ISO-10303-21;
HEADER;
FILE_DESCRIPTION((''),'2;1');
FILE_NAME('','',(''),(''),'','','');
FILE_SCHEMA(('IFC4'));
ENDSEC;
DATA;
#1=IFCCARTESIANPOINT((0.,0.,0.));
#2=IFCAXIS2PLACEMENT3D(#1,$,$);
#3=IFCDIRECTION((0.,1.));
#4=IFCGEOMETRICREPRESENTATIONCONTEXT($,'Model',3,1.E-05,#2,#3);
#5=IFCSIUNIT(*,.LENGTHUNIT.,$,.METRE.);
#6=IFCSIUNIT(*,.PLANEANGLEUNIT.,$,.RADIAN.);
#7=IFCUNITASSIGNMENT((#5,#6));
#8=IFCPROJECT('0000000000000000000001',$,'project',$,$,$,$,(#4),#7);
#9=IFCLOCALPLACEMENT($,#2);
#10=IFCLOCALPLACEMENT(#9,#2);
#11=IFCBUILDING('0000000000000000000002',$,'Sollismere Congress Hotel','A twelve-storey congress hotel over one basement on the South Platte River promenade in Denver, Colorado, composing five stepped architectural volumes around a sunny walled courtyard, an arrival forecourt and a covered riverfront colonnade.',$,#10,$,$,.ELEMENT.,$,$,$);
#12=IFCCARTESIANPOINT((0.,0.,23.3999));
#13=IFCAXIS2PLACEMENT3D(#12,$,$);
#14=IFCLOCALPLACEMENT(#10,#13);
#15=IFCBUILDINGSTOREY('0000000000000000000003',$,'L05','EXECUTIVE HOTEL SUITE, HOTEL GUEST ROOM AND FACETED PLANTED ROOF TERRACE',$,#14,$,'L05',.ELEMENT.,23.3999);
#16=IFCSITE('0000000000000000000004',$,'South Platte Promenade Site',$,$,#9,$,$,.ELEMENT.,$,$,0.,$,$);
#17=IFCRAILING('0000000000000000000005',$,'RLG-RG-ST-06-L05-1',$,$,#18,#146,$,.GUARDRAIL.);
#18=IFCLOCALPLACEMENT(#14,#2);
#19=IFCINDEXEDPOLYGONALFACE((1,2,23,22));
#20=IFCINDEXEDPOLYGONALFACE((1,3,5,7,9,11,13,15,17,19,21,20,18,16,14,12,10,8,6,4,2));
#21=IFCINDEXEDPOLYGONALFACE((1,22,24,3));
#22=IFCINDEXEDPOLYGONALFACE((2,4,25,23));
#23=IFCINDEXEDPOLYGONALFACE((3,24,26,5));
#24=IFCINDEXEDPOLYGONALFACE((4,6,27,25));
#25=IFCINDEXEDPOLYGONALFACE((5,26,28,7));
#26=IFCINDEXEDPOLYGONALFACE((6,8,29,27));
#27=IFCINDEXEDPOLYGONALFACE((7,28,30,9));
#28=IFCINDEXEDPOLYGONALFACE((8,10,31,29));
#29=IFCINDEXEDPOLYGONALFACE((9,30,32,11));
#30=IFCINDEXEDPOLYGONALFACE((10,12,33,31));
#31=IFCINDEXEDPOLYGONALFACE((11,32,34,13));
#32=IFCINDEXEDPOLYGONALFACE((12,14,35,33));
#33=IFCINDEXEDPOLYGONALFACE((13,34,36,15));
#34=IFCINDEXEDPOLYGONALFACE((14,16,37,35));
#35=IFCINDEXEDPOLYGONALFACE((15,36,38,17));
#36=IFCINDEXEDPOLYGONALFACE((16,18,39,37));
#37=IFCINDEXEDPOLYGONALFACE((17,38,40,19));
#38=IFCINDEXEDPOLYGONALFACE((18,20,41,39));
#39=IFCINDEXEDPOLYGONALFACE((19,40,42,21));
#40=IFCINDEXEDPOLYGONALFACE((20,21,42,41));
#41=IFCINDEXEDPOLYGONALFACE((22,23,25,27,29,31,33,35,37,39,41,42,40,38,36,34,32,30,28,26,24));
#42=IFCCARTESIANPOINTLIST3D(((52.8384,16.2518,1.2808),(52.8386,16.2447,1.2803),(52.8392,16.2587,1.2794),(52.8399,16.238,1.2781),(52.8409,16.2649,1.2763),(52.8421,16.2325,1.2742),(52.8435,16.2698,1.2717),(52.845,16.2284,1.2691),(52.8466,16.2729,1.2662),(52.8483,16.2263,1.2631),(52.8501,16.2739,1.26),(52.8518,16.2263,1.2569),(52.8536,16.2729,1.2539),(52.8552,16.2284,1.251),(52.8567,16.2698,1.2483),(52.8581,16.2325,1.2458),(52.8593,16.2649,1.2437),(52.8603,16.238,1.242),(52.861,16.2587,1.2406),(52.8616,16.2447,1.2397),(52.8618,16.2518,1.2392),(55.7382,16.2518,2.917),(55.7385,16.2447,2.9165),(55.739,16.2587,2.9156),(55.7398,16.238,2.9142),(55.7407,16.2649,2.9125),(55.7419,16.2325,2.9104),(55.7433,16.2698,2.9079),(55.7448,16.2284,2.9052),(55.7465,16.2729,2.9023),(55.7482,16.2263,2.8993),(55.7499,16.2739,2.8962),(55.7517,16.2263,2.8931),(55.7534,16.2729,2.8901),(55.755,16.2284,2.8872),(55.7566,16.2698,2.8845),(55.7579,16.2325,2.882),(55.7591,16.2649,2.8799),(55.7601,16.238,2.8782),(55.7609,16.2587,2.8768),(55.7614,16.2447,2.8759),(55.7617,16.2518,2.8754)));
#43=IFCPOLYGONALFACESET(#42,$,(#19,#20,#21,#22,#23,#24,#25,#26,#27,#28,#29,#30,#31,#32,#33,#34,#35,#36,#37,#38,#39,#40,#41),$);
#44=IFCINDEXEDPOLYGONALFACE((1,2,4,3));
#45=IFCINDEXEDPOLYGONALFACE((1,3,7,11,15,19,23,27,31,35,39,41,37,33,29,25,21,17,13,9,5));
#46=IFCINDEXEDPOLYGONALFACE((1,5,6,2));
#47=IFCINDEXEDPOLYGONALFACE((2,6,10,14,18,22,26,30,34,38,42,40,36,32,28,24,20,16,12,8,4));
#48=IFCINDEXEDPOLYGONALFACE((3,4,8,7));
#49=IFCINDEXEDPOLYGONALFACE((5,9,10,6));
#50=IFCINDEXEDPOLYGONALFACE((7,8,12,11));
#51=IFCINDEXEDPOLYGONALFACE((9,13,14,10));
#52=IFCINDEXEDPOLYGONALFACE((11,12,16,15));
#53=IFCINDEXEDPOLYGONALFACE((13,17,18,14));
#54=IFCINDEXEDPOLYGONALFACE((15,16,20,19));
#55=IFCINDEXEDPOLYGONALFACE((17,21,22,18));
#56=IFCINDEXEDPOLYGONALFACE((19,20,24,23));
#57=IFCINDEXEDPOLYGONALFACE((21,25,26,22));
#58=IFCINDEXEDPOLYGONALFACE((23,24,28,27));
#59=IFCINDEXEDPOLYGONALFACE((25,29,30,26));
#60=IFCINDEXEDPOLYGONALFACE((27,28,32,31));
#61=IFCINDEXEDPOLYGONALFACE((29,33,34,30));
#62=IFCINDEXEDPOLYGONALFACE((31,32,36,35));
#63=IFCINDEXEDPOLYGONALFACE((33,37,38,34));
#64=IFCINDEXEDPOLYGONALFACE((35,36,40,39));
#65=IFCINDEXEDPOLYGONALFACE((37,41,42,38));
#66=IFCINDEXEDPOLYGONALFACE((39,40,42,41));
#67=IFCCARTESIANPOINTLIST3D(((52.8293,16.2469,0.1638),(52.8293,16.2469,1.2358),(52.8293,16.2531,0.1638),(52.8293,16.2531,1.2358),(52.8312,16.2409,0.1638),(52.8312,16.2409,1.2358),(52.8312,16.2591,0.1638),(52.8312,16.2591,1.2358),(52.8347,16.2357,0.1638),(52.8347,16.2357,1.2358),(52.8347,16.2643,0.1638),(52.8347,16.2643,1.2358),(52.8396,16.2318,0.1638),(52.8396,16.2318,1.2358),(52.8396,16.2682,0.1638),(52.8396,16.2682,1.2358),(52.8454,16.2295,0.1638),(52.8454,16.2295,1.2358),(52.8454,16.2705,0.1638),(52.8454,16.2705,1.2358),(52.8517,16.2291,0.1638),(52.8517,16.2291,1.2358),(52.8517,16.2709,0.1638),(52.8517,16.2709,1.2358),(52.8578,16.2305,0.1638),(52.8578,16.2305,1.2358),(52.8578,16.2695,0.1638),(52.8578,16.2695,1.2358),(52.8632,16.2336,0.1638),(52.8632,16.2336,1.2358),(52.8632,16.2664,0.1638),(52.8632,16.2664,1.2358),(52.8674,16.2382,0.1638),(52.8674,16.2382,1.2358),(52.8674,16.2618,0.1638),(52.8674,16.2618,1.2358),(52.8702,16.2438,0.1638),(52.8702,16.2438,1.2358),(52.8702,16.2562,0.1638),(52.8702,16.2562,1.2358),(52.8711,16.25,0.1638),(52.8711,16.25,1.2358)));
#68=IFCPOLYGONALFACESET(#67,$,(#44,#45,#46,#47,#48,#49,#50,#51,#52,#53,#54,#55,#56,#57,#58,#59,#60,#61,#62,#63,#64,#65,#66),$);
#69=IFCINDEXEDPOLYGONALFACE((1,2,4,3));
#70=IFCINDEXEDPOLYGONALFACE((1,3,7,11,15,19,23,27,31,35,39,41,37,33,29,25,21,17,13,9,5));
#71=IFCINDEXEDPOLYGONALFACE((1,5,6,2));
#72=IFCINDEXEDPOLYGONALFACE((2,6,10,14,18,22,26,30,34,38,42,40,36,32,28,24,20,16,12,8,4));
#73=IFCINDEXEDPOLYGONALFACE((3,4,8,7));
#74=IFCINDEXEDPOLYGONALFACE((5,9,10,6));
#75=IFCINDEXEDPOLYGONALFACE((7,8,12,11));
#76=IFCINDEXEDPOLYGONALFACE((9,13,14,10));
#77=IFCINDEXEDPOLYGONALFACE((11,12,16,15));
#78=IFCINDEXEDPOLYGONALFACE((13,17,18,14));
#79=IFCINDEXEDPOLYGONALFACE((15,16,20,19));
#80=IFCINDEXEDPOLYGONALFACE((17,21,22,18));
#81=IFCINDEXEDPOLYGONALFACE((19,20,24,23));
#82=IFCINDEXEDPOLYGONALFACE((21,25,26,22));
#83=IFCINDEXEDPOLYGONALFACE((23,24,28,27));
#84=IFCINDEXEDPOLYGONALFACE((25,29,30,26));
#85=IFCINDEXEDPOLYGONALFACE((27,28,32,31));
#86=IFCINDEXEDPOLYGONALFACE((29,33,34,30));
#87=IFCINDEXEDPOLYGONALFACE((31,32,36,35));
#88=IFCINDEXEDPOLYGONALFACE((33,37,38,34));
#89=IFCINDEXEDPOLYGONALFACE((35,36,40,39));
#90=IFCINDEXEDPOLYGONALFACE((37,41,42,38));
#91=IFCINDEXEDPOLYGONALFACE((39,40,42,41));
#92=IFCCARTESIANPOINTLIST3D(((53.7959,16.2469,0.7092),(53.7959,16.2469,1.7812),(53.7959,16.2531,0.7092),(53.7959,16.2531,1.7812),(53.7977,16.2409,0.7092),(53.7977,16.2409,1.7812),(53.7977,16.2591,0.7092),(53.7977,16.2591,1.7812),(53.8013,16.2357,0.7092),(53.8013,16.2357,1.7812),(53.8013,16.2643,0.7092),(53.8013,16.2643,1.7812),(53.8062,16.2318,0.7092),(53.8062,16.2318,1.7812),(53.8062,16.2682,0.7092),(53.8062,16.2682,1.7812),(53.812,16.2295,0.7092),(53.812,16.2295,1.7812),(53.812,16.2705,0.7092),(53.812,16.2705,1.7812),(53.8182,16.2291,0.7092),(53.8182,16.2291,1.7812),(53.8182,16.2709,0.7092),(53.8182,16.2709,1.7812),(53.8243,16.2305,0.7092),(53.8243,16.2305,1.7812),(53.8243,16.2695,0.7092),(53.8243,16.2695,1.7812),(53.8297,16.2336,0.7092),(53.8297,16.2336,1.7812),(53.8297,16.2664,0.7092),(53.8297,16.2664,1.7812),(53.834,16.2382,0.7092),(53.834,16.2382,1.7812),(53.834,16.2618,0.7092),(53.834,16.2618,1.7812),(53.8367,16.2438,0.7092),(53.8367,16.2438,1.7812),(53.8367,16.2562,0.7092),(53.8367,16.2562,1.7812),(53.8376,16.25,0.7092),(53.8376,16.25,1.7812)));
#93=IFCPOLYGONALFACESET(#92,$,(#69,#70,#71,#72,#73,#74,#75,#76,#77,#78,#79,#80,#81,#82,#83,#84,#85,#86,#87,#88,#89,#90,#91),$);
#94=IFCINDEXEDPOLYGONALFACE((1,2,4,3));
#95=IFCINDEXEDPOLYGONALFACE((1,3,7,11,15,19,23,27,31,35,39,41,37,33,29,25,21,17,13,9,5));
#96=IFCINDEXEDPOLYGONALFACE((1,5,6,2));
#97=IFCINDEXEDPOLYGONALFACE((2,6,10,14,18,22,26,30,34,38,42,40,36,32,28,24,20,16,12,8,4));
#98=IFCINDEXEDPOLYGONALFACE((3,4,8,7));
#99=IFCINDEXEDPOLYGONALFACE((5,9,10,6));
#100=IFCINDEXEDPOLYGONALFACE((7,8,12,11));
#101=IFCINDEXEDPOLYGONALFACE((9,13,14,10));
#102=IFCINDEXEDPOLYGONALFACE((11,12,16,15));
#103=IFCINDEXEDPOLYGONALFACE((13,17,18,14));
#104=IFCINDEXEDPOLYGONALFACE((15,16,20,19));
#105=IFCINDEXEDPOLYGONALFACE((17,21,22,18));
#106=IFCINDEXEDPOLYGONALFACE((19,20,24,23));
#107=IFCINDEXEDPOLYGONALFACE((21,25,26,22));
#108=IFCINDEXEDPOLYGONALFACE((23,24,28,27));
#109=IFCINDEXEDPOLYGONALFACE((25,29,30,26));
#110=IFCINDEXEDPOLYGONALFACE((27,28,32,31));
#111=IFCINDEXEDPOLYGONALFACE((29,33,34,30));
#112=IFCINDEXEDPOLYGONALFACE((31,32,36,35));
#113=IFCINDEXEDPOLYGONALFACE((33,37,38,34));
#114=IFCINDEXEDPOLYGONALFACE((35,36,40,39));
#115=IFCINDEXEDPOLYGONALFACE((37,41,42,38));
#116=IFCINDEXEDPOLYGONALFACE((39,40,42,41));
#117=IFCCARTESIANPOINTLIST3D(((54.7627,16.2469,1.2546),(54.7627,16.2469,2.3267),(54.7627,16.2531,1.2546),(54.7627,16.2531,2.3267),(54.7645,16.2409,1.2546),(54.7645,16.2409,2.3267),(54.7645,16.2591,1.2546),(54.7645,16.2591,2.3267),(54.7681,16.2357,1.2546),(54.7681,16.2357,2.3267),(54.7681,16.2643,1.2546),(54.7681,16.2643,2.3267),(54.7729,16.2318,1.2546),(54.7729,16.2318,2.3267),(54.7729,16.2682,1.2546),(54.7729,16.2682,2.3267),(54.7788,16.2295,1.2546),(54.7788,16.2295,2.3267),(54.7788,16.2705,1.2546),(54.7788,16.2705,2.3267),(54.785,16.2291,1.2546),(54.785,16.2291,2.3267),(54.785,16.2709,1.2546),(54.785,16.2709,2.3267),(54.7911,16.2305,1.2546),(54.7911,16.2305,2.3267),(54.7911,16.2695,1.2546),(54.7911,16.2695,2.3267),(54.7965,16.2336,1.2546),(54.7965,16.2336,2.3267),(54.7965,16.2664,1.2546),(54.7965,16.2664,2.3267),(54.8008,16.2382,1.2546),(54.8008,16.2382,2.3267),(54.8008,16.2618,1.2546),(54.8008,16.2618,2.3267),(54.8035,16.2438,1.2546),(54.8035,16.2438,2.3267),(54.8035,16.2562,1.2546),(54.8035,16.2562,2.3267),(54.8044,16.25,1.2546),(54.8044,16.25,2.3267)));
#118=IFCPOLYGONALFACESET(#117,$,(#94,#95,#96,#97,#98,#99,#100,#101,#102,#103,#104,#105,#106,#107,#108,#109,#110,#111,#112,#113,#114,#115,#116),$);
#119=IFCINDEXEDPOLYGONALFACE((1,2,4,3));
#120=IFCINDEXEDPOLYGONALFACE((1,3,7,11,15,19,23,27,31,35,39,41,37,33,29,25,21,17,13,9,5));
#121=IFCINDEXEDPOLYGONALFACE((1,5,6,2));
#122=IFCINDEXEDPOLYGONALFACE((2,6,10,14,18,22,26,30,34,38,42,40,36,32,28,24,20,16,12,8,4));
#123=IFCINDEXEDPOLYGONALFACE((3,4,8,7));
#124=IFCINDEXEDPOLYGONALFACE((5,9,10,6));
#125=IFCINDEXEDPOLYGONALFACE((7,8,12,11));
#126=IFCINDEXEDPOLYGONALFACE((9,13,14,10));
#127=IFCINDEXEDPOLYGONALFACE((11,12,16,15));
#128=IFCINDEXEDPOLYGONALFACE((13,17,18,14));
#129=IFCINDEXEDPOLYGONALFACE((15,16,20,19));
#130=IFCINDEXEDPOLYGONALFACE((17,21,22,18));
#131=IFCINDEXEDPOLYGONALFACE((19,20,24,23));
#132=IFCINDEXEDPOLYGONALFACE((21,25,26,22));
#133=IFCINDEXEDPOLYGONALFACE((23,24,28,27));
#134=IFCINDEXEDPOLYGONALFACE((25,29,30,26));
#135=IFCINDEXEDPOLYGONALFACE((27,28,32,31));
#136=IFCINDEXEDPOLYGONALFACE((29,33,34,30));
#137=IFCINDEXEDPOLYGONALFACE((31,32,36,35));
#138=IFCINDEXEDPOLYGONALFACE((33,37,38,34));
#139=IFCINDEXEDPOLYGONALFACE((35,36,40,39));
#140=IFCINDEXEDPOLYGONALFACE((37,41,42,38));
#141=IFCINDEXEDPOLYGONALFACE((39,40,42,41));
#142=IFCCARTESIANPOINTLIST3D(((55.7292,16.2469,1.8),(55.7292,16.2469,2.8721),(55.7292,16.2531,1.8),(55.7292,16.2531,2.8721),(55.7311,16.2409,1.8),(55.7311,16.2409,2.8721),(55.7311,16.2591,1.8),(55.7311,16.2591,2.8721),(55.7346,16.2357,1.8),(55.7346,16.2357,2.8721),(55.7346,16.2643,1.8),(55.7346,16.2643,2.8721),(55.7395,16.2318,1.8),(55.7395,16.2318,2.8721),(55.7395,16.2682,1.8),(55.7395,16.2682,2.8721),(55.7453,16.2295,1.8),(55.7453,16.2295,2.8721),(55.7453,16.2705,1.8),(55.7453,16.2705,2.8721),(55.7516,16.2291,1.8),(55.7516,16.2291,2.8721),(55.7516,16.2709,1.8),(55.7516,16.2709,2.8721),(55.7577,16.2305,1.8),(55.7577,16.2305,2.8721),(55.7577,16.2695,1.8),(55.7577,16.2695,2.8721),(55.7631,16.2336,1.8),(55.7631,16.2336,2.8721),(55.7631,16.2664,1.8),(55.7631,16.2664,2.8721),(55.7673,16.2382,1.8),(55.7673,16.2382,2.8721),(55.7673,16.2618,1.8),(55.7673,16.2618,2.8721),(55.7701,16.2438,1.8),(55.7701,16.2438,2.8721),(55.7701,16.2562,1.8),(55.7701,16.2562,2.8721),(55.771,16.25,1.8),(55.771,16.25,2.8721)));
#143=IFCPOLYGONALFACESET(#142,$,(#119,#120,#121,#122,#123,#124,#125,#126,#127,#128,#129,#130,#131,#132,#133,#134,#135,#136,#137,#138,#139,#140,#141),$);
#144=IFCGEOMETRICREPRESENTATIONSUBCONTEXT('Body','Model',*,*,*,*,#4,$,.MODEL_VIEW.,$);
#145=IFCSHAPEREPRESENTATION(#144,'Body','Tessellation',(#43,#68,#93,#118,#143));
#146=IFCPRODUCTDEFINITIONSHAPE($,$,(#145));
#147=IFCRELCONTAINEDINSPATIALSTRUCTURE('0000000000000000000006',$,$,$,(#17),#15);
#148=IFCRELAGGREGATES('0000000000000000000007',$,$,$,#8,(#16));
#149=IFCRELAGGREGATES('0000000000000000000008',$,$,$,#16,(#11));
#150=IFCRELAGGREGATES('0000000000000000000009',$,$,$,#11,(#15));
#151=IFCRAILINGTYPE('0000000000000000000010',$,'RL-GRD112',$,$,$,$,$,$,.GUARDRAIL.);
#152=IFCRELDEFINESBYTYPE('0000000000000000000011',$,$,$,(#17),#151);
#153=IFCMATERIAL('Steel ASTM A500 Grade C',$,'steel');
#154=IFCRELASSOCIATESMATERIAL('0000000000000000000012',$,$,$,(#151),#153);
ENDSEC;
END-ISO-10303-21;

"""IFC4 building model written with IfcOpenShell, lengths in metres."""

from ifc_helpers import new_model, si_unit, direction, frame, origin, origin_2d, place, context, subcontext, project, spatial, circle, extrude, material, type_object, element, save


model = new_model("IFC4")

# Units and contexts
model_context = context("Model", 3, precision=1e-05, world=origin(), true_north=direction((0.0, 1.0)))
body_context = subcontext(model_context, "Body", "Model", "MODEL_VIEW")
ifc_project = project(units=[si_unit("LENGTHUNIT", "METRE"), si_unit("PLANEANGLEUNIT", "RADIAN")], contexts=[model_context])

# Site, building, storey
site_placement = place(None, origin())
site = spatial("IfcSite", under=ifc_project, at=site_placement, Name="South Platte Promenade Site", CompositionType="ELEMENT", RefElevation=0.0)
building_placement = place(site_placement, origin())
building = spatial("IfcBuilding", under=site, at=building_placement, Name="Sollismere Congress Hotel", Description="A twelve-storey congress hotel over one basement on the South Platte River promenade in Denver, Colorado, composing five stepped architectural volumes around a sunny walled courtyard, an arrival forecourt and a covered riverfront colonnade.", CompositionType="ELEMENT")
storey_placement = place(building_placement, frame((0.0, 0.0, 23.3999)))
storey = spatial("IfcBuildingStorey", under=building, at=storey_placement, Name="L05", Description="EXECUTIVE HOTEL SUITE, HOTEL GUEST ROOM AND FACETED PLANTED ROOF TERRACE", LongName="L05", CompositionType="ELEMENT", Elevation=23.3999)

# Railing
ifc_material_1 = material(Name="Steel ASTM A500 Grade C", Category="steel")
railing_type_1 = type_object("IfcRailingType", Name="RL-GRD112", PredefinedType="GUARDRAIL", material=ifc_material_1)
railing_1_placement = place(storey_placement, frame((52.8501, 16.25, 0.1638)))
element("IfcRailing", 1, at=railing_1_placement, inside=storey, type_object=railing_type_1, Name="RLG-RG-ST-06-L05-1", PredefinedType="GUARDRAIL", context=body_context, shape_type="SweptSolid", body=[
    extrude(circle(Radius=0.0239, at=origin_2d()), frame((0.0, 0.0, 1.0962), z_axis=(0.870929, 0.0, 0.49141), x_axis=(0.0, 1.0, 0.0)), (0.0, 0.0, 1.0), 3.3296),
    extrude(circle(Radius=0.021, at=origin_2d()), origin(), (0.0, 0.0, 1.0), 1.072),
    extrude(circle(Radius=0.021, at=origin_2d()), frame((0.9666, 0.0, 0.5454)), (0.0, 0.0, 1.0), 1.072),
    extrude(circle(Radius=0.021, at=origin_2d()), frame((1.9333, 0.0, 1.0908)), (0.0, 0.0, 1.0), 1.072),
    extrude(circle(Radius=0.021, at=origin_2d()), frame((2.8999, 0.0, 1.6362)), (0.0, 0.0, 1.0), 1.072),
])

save(model, "model.ifc")
